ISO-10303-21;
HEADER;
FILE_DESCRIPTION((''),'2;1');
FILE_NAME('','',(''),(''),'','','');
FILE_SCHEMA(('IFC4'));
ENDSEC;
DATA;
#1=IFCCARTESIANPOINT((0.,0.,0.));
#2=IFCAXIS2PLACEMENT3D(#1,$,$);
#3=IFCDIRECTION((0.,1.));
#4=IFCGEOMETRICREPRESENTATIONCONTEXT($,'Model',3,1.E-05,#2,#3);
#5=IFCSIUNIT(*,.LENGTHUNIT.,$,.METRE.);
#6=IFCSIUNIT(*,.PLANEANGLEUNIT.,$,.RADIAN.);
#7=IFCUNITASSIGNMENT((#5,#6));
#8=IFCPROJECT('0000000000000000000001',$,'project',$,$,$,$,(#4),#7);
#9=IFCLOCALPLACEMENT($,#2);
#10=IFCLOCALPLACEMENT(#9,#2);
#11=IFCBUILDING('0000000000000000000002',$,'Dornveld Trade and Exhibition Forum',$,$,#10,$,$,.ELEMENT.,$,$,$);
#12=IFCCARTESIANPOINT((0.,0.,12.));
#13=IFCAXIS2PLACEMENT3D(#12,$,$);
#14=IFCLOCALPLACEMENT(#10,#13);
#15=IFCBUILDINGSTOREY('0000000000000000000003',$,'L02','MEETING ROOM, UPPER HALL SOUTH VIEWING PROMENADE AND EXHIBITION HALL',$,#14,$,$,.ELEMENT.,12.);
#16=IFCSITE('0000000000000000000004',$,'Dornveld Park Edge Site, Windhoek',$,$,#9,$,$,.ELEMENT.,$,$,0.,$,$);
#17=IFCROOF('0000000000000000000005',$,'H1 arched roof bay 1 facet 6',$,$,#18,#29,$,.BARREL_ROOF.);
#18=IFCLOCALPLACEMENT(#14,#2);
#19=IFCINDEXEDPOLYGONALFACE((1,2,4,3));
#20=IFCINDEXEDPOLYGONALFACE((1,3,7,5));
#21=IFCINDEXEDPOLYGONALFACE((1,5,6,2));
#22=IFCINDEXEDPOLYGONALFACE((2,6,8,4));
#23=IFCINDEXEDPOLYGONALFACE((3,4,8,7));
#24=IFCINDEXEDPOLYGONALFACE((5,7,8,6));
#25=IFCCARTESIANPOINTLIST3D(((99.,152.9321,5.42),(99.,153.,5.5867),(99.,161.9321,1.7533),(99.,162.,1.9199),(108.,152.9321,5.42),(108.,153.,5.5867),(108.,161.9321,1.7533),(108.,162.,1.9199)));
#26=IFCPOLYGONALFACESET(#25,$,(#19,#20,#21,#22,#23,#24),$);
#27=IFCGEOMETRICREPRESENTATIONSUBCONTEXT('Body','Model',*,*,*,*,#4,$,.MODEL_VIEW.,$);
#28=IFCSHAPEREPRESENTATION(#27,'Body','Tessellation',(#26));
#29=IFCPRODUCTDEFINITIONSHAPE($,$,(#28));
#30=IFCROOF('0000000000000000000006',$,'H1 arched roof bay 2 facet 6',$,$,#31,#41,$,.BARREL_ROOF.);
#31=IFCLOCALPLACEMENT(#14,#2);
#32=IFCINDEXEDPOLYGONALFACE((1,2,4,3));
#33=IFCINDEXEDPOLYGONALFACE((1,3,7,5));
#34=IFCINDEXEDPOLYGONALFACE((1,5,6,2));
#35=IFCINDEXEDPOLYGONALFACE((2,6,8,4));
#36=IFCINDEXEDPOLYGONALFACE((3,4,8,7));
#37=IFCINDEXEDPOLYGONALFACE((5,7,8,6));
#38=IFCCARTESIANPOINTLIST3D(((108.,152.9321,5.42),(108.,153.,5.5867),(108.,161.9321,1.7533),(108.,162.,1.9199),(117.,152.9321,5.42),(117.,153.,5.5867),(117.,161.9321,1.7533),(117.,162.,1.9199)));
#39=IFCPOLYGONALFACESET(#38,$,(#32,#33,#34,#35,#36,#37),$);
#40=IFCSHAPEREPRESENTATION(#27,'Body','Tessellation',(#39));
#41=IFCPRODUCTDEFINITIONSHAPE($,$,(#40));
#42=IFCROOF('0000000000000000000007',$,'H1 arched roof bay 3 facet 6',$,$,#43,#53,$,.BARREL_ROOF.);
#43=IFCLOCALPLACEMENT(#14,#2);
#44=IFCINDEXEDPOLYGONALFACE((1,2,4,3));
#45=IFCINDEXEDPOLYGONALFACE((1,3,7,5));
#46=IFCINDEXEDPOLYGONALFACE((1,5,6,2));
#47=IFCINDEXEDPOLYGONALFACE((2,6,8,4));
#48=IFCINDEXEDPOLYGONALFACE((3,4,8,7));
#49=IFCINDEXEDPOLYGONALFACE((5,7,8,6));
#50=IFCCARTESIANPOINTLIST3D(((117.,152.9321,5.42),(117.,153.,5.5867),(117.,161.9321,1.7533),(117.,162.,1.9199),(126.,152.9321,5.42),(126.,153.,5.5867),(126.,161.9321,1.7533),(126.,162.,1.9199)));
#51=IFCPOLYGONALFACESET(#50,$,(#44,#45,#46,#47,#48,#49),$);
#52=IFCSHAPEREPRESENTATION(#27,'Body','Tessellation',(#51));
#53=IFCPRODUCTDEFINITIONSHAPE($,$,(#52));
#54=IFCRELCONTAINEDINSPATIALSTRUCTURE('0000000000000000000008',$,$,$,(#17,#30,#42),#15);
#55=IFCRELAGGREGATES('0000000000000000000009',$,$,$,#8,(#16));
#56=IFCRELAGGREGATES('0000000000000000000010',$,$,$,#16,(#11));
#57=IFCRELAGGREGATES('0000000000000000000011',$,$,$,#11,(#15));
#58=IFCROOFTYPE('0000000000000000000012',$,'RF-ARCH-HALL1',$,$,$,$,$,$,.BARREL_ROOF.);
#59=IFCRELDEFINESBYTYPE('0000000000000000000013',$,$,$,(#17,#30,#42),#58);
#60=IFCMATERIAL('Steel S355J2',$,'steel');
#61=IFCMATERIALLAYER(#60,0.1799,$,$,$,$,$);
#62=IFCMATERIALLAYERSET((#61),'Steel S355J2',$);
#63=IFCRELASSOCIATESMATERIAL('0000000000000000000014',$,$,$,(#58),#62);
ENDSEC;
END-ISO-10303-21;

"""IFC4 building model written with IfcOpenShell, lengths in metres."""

from ifc_helpers import new_model, si_unit, direction, frame, origin, place, context, subcontext, project, spatial, polyline, outline, extrude, material, layer, layer_set, type_object, element, save


model = new_model("IFC4")

# Units and contexts
model_context = context("Model", 3, precision=1e-05, world=origin(), true_north=direction((0.0, 1.0)))
body_context = subcontext(model_context, "Body", "Model", "MODEL_VIEW")
ifc_project = project(units=[si_unit("LENGTHUNIT", "METRE"), si_unit("PLANEANGLEUNIT", "RADIAN")], contexts=[model_context])

# Site, building, storey
site_placement = place(None, origin())
site = spatial("IfcSite", under=ifc_project, at=site_placement, Name="Dornveld Park Edge Site, Windhoek", CompositionType="ELEMENT", RefElevation=0.0)
building_placement = place(site_placement, origin())
building = spatial("IfcBuilding", under=site, at=building_placement, Name="Dornveld Trade and Exhibition Forum", CompositionType="ELEMENT")
storey_placement = place(building_placement, frame((0.0, 0.0, 12.0)))
storey = spatial("IfcBuildingStorey", under=building, at=storey_placement, Name="L02", Description="MEETING ROOM, UPPER HALL SOUTH VIEWING PROMENADE AND EXHIBITION HALL", CompositionType="ELEMENT", Elevation=12.0)

# Roofs
ifc_material_1 = material(Name="Steel S355J2", Category="steel")
ifc_layer_1 = layer(ifc_material_1, 0.1799)
ifc_layer_set_1 = layer_set([ifc_layer_1], Name="Steel S355J2")
roof_type = type_object("IfcRoofType", Name="RF-ARCH-HALL1", PredefinedType="BARREL_ROOF", material=ifc_layer_set_1)
for number, where, z_axis, x_axis, name in (
    (1, (99.0, 153.0, 5.5867), (0.0, 0.377304, 0.926089), (1.0, 0.0, 0.0), "H1 arched roof bay 1 facet 6"),
    (2, (108.0, 153.0, 5.5867), (0.0, 0.377304, 0.926089), (1.0, 0.0, 0.0), "H1 arched roof bay 2 facet 6"),
    (3, (117.0, 153.0, 5.5867), (0.0, 0.377304, 0.926089), (1.0, 0.0, 0.0), "H1 arched roof bay 3 facet 6"),
):
    element("IfcRoof", number, at=place(storey_placement, frame(where, z_axis=z_axis, x_axis=x_axis)), inside=storey, type_object=roof_type, Name=name, PredefinedType="BARREL_ROOF", context=body_context, shape_type="SweptSolid", body=[
        extrude(outline(polyline([(0.0, 0.0), (9.0, 0.0), (9.0, 9.7183), (0.0, 9.7183), (0.0, 0.0)])), origin(), (0.0, 0.0, -1.0), 0.1799),
    ])

save(model, "model.ifc")
